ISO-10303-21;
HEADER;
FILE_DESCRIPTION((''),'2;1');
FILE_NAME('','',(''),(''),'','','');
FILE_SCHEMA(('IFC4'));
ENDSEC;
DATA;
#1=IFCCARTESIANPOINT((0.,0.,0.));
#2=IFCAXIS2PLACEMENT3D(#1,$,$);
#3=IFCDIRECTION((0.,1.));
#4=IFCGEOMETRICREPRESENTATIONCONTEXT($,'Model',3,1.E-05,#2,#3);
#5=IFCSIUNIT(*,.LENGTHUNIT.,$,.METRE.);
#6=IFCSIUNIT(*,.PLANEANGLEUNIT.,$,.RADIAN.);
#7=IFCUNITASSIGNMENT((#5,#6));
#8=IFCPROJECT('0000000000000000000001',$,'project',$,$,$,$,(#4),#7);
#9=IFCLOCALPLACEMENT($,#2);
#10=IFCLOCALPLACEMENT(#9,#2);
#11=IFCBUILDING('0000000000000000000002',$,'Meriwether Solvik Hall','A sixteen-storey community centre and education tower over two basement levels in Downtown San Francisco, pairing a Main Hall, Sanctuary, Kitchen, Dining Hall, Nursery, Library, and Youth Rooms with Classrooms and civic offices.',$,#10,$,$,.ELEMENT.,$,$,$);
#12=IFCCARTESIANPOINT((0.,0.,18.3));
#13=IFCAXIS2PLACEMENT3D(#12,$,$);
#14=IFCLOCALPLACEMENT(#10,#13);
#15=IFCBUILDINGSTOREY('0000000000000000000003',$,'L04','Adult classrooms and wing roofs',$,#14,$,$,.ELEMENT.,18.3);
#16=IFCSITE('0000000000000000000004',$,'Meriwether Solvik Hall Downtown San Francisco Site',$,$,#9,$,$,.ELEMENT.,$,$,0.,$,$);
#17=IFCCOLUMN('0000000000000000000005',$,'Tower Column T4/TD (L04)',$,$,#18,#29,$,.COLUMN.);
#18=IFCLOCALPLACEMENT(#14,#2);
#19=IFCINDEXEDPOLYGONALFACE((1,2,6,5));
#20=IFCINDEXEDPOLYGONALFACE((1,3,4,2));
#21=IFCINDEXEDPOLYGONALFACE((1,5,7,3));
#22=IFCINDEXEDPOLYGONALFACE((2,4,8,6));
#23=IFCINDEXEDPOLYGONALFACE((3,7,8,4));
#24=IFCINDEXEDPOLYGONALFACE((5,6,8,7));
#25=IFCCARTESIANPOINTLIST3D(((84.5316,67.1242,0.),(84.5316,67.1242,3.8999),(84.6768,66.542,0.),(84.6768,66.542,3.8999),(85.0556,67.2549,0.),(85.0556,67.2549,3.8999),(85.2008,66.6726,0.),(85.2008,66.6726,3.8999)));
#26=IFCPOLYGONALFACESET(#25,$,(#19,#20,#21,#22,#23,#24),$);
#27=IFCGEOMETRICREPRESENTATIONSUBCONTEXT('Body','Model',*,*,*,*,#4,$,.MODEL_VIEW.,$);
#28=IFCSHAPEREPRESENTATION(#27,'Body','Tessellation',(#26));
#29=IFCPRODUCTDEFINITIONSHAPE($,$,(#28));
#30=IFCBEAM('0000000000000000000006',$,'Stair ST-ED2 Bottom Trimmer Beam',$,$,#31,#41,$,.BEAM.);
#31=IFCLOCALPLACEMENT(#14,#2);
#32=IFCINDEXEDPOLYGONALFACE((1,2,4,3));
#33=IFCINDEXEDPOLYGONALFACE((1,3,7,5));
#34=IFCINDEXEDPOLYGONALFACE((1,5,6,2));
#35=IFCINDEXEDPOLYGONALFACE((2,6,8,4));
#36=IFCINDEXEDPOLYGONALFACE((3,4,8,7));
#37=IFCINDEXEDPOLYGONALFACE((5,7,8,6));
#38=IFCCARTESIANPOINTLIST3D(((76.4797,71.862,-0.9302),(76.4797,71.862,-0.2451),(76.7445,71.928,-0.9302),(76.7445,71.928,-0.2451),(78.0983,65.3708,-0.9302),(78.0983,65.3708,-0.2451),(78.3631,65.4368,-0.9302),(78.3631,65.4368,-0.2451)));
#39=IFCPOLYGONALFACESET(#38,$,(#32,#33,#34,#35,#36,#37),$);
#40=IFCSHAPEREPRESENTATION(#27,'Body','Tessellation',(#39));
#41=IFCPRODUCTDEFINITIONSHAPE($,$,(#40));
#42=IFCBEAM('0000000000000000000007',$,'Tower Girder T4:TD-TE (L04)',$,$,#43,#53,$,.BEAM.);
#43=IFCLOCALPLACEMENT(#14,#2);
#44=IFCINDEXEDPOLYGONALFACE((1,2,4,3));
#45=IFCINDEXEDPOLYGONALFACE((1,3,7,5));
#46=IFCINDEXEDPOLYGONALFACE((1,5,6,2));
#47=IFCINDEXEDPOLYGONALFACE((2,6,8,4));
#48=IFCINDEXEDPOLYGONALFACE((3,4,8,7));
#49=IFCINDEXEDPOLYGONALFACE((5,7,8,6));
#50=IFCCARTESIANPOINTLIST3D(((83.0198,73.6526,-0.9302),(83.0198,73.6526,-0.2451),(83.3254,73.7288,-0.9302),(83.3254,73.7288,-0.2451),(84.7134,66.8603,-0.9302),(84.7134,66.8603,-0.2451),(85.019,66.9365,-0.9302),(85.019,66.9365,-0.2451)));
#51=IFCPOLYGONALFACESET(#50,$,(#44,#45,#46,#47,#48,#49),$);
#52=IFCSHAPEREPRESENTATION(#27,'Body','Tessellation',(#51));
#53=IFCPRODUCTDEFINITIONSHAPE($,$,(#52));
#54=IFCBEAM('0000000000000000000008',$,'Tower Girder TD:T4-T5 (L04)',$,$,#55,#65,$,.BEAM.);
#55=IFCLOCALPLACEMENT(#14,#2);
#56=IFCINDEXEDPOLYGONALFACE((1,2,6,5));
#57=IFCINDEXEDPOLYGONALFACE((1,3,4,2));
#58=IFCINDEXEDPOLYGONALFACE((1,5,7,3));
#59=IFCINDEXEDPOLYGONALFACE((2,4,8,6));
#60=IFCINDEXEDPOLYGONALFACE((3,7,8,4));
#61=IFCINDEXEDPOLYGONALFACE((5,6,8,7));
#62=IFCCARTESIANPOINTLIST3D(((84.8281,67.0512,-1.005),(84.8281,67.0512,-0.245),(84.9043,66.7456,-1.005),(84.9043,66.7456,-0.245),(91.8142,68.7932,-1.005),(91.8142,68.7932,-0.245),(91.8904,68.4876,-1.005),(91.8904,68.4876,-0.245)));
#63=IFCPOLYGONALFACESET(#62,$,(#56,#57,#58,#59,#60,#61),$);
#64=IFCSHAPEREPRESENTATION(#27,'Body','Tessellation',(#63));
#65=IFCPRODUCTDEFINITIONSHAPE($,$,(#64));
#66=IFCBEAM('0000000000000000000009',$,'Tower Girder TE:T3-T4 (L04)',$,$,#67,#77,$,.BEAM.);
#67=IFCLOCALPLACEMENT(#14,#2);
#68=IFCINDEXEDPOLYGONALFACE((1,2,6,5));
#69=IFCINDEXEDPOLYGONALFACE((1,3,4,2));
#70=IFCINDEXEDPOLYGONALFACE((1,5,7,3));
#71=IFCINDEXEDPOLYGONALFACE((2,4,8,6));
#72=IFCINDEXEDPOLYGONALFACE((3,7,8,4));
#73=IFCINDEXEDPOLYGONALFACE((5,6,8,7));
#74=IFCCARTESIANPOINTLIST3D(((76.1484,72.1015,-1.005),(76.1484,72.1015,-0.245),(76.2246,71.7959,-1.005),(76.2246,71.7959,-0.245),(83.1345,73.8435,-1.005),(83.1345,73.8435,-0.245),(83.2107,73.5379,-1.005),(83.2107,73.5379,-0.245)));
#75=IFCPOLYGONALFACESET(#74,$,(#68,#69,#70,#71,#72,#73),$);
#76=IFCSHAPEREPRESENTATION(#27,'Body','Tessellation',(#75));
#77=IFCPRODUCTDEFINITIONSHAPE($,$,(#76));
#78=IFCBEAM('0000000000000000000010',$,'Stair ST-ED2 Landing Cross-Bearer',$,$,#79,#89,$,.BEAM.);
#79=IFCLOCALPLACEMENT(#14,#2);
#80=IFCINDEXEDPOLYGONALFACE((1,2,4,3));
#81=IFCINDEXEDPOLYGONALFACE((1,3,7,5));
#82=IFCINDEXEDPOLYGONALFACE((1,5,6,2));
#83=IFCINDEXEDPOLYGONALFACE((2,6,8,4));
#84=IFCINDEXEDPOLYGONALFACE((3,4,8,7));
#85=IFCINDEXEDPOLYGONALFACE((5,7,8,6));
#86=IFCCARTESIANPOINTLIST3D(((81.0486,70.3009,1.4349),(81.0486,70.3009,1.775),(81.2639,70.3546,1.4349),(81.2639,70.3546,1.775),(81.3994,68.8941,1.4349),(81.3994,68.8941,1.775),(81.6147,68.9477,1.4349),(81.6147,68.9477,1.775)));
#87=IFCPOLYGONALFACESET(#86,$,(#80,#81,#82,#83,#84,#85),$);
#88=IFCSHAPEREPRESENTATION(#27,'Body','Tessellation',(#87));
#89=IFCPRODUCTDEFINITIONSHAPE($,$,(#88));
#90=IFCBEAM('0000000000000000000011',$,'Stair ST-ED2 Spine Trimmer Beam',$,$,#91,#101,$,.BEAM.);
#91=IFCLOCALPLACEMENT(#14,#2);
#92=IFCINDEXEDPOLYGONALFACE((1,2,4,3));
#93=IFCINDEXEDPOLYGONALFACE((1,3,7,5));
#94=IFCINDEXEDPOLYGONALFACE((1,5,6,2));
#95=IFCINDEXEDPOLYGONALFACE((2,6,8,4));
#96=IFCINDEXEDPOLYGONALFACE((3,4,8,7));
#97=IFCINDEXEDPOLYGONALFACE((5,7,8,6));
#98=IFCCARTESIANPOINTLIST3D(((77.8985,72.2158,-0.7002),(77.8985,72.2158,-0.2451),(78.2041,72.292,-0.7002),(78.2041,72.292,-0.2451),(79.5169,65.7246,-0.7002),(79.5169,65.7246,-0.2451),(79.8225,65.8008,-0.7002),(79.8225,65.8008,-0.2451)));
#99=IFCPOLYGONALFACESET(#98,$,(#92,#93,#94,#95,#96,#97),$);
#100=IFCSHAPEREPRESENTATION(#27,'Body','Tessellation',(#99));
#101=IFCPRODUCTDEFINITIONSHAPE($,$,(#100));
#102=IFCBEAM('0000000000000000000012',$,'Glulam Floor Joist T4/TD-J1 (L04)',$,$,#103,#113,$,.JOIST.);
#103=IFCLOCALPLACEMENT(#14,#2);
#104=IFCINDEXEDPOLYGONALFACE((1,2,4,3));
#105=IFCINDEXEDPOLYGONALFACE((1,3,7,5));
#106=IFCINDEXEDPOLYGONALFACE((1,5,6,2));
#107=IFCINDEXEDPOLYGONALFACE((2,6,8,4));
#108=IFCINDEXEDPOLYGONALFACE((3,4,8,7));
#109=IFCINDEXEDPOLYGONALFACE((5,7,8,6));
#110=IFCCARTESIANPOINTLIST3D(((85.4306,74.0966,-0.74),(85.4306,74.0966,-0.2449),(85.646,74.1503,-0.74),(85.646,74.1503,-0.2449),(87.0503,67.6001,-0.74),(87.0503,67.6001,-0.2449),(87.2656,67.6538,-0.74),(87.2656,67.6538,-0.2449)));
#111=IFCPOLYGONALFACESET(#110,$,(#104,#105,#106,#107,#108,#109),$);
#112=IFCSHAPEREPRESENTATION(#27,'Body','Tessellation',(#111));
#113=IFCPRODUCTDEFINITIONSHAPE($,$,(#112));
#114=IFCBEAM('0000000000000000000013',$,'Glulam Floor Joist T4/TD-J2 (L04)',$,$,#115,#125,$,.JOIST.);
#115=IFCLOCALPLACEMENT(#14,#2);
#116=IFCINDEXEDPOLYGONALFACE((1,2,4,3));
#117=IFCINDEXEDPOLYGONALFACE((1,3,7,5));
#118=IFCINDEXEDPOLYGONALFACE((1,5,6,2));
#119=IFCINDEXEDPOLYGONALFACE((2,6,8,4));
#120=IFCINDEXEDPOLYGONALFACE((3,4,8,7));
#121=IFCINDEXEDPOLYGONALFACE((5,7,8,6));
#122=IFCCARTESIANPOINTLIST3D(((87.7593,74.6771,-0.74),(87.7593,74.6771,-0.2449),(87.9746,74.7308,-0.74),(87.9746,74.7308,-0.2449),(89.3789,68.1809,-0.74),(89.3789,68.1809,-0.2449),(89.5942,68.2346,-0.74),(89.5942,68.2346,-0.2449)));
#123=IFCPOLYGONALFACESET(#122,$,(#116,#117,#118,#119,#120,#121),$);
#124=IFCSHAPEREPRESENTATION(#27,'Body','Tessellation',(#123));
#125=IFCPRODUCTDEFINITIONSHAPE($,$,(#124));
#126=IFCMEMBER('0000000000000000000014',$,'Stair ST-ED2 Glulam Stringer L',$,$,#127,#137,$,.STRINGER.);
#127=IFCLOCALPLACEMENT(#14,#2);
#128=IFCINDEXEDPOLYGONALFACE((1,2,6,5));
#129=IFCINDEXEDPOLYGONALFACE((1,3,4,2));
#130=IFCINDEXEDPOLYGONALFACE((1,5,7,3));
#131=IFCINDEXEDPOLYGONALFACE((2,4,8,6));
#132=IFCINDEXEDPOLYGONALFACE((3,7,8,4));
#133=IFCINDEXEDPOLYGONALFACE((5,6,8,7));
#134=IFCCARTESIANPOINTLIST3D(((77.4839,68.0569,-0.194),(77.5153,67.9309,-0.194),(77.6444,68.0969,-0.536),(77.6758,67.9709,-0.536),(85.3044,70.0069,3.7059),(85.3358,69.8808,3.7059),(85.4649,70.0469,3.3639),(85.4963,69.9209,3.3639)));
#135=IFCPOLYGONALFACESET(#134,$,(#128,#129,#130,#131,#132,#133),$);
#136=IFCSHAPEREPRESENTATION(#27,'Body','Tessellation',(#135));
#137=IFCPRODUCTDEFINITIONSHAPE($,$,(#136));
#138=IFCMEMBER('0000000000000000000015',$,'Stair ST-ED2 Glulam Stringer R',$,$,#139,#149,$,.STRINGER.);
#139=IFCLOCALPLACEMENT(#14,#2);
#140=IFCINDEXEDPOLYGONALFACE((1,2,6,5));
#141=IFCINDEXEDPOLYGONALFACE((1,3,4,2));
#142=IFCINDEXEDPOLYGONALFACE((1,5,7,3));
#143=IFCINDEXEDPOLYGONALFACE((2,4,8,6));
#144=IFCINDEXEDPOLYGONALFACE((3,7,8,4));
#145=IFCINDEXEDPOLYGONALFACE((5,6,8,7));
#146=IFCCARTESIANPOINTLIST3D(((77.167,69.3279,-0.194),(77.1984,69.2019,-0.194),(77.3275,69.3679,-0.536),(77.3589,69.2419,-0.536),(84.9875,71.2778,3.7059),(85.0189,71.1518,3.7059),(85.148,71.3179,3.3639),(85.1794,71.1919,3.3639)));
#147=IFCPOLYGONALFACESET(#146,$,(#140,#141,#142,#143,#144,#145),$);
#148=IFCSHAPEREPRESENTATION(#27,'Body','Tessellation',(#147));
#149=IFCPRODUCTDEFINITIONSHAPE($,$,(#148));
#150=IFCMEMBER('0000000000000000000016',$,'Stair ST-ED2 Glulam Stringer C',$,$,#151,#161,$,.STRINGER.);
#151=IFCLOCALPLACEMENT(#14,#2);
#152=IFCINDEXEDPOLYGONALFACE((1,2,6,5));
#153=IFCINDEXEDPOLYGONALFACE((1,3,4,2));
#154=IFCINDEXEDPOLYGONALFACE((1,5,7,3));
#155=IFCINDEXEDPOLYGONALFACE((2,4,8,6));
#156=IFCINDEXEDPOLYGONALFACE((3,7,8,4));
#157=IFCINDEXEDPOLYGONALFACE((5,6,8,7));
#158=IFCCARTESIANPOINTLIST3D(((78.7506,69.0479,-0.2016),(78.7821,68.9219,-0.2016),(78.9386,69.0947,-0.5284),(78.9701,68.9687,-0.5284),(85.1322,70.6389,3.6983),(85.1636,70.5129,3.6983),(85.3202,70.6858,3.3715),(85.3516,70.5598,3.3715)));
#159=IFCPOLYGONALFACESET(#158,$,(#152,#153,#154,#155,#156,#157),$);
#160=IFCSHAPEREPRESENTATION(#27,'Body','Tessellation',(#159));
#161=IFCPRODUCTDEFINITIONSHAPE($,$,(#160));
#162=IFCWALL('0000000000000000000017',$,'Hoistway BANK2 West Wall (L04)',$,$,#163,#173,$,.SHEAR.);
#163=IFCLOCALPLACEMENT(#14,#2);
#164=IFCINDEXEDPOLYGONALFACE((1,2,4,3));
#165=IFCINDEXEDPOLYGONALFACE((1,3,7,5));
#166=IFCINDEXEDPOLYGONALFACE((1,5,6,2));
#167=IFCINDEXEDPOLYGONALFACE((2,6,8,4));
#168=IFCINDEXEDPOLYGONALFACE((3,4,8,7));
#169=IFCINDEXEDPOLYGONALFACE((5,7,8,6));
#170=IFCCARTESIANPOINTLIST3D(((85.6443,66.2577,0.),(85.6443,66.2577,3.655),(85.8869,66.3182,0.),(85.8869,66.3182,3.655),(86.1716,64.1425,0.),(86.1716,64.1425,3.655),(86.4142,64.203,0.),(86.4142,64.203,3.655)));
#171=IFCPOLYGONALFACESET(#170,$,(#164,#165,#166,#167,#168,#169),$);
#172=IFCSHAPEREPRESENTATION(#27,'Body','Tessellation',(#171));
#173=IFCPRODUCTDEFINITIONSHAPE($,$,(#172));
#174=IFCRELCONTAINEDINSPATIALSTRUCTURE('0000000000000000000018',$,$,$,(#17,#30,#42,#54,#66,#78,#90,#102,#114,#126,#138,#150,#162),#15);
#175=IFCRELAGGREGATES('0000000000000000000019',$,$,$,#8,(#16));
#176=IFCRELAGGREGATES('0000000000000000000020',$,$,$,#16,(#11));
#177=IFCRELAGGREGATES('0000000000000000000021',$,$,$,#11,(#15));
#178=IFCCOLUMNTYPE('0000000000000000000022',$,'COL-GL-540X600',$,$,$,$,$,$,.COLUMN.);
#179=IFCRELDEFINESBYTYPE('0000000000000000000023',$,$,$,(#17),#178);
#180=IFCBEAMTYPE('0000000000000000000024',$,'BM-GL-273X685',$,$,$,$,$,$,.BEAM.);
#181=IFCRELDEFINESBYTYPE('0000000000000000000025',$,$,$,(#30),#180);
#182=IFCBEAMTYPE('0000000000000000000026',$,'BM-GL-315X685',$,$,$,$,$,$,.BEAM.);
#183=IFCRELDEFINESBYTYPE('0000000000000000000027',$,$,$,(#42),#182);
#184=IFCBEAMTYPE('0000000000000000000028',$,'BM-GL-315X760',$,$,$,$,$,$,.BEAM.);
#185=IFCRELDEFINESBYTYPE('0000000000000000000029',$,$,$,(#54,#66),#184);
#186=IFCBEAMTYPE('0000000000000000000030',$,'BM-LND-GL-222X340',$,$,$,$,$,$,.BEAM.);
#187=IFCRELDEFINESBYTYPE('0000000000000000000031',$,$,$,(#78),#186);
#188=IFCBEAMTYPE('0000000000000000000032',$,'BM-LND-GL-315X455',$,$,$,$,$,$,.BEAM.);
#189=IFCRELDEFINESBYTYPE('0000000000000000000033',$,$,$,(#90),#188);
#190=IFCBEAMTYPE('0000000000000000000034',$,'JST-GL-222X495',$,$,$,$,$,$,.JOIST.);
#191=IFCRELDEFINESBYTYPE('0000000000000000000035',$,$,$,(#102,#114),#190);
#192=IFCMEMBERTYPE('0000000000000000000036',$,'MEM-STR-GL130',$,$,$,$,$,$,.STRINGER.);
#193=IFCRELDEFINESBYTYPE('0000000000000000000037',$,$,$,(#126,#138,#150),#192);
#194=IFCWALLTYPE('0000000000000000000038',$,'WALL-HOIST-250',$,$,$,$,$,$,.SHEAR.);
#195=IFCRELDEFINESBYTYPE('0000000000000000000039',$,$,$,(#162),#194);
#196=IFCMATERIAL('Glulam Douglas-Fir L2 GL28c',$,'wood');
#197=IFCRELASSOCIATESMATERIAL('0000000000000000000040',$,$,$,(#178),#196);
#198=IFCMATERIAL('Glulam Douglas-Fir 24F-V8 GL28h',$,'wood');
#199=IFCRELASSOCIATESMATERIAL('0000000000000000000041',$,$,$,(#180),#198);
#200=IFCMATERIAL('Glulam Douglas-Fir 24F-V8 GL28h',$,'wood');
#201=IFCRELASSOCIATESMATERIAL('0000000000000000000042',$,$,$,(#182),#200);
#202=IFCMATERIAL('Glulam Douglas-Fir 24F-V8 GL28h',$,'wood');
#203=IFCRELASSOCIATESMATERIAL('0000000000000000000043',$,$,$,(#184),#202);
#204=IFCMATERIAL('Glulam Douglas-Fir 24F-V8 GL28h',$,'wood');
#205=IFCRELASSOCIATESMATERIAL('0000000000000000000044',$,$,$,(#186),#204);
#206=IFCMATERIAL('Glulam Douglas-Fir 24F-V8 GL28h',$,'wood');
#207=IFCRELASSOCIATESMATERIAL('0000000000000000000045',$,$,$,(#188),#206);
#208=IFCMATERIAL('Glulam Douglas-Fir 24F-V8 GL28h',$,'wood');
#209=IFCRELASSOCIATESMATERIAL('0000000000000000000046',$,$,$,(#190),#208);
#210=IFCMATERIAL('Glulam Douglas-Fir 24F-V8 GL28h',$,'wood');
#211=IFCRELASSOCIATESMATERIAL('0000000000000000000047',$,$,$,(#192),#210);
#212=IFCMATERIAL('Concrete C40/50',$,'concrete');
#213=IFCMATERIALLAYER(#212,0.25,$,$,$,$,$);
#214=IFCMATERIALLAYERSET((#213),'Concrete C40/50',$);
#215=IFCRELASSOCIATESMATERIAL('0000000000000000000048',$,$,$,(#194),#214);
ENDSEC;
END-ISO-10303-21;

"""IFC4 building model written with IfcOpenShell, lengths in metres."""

from ifc_helpers import new_model, si_unit, direction, frame, frame_2d, origin, origin_2d, place, context, subcontext, project, spatial, rectangle, extrude, material, layer, layer_set, material_profile, profile_set, type_object, element, save


model = new_model("IFC4")

# Units and contexts
model_context = context("Model", 3, precision=1e-05, world=origin(), true_north=direction((0.0, 1.0)))
body_context = subcontext(model_context, "Body", "Model", "MODEL_VIEW")
ifc_project = project(units=[si_unit("LENGTHUNIT", "METRE"), si_unit("PLANEANGLEUNIT", "RADIAN")], contexts=[model_context])

# Site, building, storey
site_placement = place(None, origin())
site = spatial("IfcSite", under=ifc_project, at=site_placement, Name="Meriwether Solvik Hall Downtown San Francisco Site", CompositionType="ELEMENT", RefElevation=0.0)
building_placement = place(site_placement, origin())
building = spatial("IfcBuilding", under=site, at=building_placement, Name="Meriwether Solvik Hall", Description="A sixteen-storey community centre and education tower over two basement levels in Downtown San Francisco, pairing a Main Hall, Sanctuary, Kitchen, Dining Hall, Nursery, Library, and Youth Rooms with Classrooms and civic offices.", CompositionType="ELEMENT")
storey_placement = place(building_placement, frame((0.0, 0.0, 18.3)))
storey = spatial("IfcBuildingStorey", under=building, at=storey_placement, Name="L04", Description="Adult classrooms and wing roofs", CompositionType="ELEMENT", Elevation=18.3)

# Column
ifc_material_1 = material(Name="Glulam Douglas-Fir L2 GL28c", Category="wood")
ifc_material_profile_1 = material_profile(ifc_material_1, rectangle(XDim=0.54, YDim=0.6001, at=origin_2d()), Name="GLC-540X600")
ifc_profile_set_1 = profile_set([ifc_material_profile_1], Name="Glulam Douglas-Fir L2 GL28c")
column_type = type_object("IfcColumnType", Name="COL-GL-540X600", PredefinedType="COLUMN", material=ifc_profile_set_1)
column_placement = place(storey_placement, frame((84.8662, 66.8984, 0.0), z_axis=(0.0, 0.0, 1.0), x_axis=(0.970296, 0.241922, 0.0)))
element("IfcColumn", 1, at=column_placement, inside=storey, type_object=column_type, Name="Tower Column T4/TD (L04)", PredefinedType="COLUMN", context=body_context, shape_type="SweptSolid", body=[
    extrude(rectangle(XDim=0.54, YDim=0.6001, at=origin_2d()), origin(), (0.0, 0.0, 1.0), 3.8999),
])

# Beams
ifc_material_2 = material(Name="Glulam Douglas-Fir 24F-V8 GL28h", Category="wood")
ifc_material_profile_2 = material_profile(ifc_material_2, rectangle(XDim=0.2729, YDim=0.6851, at=origin_2d()), Name="GLB-273X685")
ifc_profile_set_2 = profile_set([ifc_material_profile_2], Name="Glulam Douglas-Fir 24F-V8 GL28h")
beam_type_1 = type_object("IfcBeamType", Name="BM-GL-273X685", PredefinedType="BEAM", material=ifc_profile_set_2)
beam_1_placement = place(storey_placement, frame((78.2307, 65.4038, -0.5876), z_axis=(-0.241952, 0.970288, 0.0), x_axis=(-0.970288, -0.241952, 0.0)))
element("IfcBeam", 2, at=beam_1_placement, inside=storey, type_object=beam_type_1, Name="Stair ST-ED2 Bottom Trimmer Beam", PredefinedType="BEAM", context=body_context, shape_type="SweptSolid", body=[
    extrude(rectangle(XDim=0.2729, YDim=0.6851, at=origin_2d()), origin(), (0.0, 0.0, 1.0), 6.6899),
])
ifc_material_3 = material(Name="Glulam Douglas-Fir 24F-V8 GL28h", Category="wood")
ifc_material_profile_3 = material_profile(ifc_material_3, rectangle(XDim=0.3149, YDim=0.6851, at=origin_2d()), Name="GLB-315X685")
ifc_profile_set_3 = profile_set([ifc_material_profile_3], Name="Glulam Douglas-Fir 24F-V8 GL28h")
beam_type_2 = type_object("IfcBeamType", Name="BM-GL-315X685", PredefinedType="BEAM", material=ifc_profile_set_3)
beam_2_placement = place(storey_placement, frame((84.8662, 66.8984, -0.5876), z_axis=(-0.241937, 0.970292, 0.0), x_axis=(-0.970292, -0.241937, 0.0)))
element("IfcBeam", 3, at=beam_2_placement, inside=storey, type_object=beam_type_2, Name="Tower Girder T4:TD-TE (L04)", PredefinedType="BEAM", context=body_context, shape_type="SweptSolid", body=[
    extrude(rectangle(XDim=0.3149, YDim=0.6851, at=origin_2d()), origin(), (0.0, 0.0, 1.0), 7.0002),
])
ifc_material_4 = material(Name="Glulam Douglas-Fir 24F-V8 GL28h", Category="wood")
ifc_material_profile_4 = material_profile(ifc_material_4, rectangle(XDim=0.3149, YDim=0.76, at=origin_2d()), Name="GLB-315X760")
ifc_profile_set_4 = profile_set([ifc_material_profile_4], Name="Glulam Douglas-Fir 24F-V8 GL28h")
beam_type_3 = type_object("IfcBeamType", Name="BM-GL-315X760", PredefinedType="BEAM", material=ifc_profile_set_4)
for number, where, z_axis, x_axis, name in (
    (4, (84.8662, 66.8984, -0.625), (0.970292, 0.241937, 0.0), (-0.241937, 0.970292, 0.0), "Tower Girder TD:T4-T5 (L04)"),
    (5, (76.1865, 71.9487, -0.625), (0.970292, 0.241937, 0.0), (-0.241937, 0.970292, 0.0), "Tower Girder TE:T3-T4 (L04)"),
):
    element("IfcBeam", number, at=place(storey_placement, frame(where, z_axis=z_axis, x_axis=x_axis)), inside=storey, type_object=beam_type_3, Name=name, PredefinedType="BEAM", context=body_context, shape_type="SweptSolid", body=[
        extrude(rectangle(XDim=0.3149, YDim=0.76, at=origin_2d()), origin(), (0.0, 0.0, 1.0), 7.2),
    ])
ifc_material_5 = material(Name="Glulam Douglas-Fir 24F-V8 GL28h", Category="wood")
ifc_material_profile_5 = material_profile(ifc_material_5, rectangle(XDim=0.2219, YDim=0.3401, at=origin_2d()), Name="GLB-222X340")
ifc_profile_set_5 = profile_set([ifc_material_profile_5], Name="Glulam Douglas-Fir 24F-V8 GL28h")
beam_type_4 = type_object("IfcBeamType", Name="BM-LND-GL-222X340", PredefinedType="BEAM", material=ifc_profile_set_5)
beam_3_placement = place(storey_placement, frame((81.5071, 68.9209, 1.605), z_axis=(-0.241941, 0.970291, 0.0), x_axis=(-0.970291, -0.241941, 0.0)))
element("IfcBeam", 6, at=beam_3_placement, inside=storey, type_object=beam_type_4, Name="Stair ST-ED2 Landing Cross-Bearer", PredefinedType="BEAM", context=body_context, shape_type="SweptSolid", body=[
    extrude(rectangle(XDim=0.2219, YDim=0.3401, at=origin_2d()), origin(), (0.0, 0.0, 1.0), 1.45),
])
ifc_material_6 = material(Name="Glulam Douglas-Fir 24F-V8 GL28h", Category="wood")
ifc_material_profile_6 = material_profile(ifc_material_6, rectangle(XDim=0.3149, YDim=0.4551, at=origin_2d()), Name="GLB-315X455")
ifc_profile_set_6 = profile_set([ifc_material_profile_6], Name="Glulam Douglas-Fir 24F-V8 GL28h")
beam_type_5 = type_object("IfcBeamType", Name="BM-LND-GL-315X455", PredefinedType="BEAM", material=ifc_profile_set_6)
beam_4_placement = place(storey_placement, frame((79.6697, 65.7627, -0.4727), z_axis=(-0.241917, 0.970297, 0.0), x_axis=(-0.970297, -0.241917, 0.0)))
element("IfcBeam", 7, at=beam_4_placement, inside=storey, type_object=beam_type_5, Name="Stair ST-ED2 Spine Trimmer Beam", PredefinedType="BEAM", context=body_context, shape_type="SweptSolid", body=[
    extrude(rectangle(XDim=0.3149, YDim=0.4551, at=origin_2d()), origin(), (0.0, 0.0, 1.0), 6.6899),
])
ifc_material_7 = material(Name="Glulam Douglas-Fir 24F-V8 GL28h", Category="wood")
ifc_material_profile_7 = material_profile(ifc_material_7, rectangle(XDim=0.2219, YDim=0.4951, at=origin_2d()), Name="GLJ-222X495")
ifc_profile_set_7 = profile_set([ifc_material_profile_7], Name="Glulam Douglas-Fir 24F-V8 GL28h")
beam_type_6 = type_object("IfcBeamType", Name="JST-GL-222X495", PredefinedType="JOIST", material=ifc_profile_set_7)
beam_5_placement = place(storey_placement, frame((87.158, 67.627, -0.4924), z_axis=(-0.241909, 0.970299, 0.0), x_axis=(-0.970299, -0.241909, 0.0)))
element("IfcBeam", 8, at=beam_5_placement, inside=storey, type_object=beam_type_6, Name="Glulam Floor Joist T4/TD-J1 (L04)", PredefinedType="JOIST", context=body_context, shape_type="SweptSolid", body=[
    extrude(rectangle(XDim=0.2219, YDim=0.4951, at=origin_2d()), origin(), (0.0, 0.0, 1.0), 6.6953),
])
beam_6_placement = place(storey_placement, frame((89.4866, 68.2078, -0.4924), z_axis=(-0.241918, 0.970297, 0.0), x_axis=(-0.970297, -0.241918, 0.0)))
element("IfcBeam", 9, at=beam_6_placement, inside=storey, type_object=beam_type_6, Name="Glulam Floor Joist T4/TD-J2 (L04)", PredefinedType="JOIST", context=body_context, shape_type="SweptSolid", body=[
    extrude(rectangle(XDim=0.2219, YDim=0.4951, at=origin_2d()), origin(), (0.0, 0.0, 1.0), 6.6951),
])

# Members
ifc_material_8 = material(Name="Glulam Douglas-Fir 24F-V8 GL28h", Category="wood")
ifc_material_profile_8 = material_profile(ifc_material_8, rectangle(XDim=0.1299, YDim=0.3799, at=origin_2d()), Name="GLM-130X380")
ifc_profile_set_8 = profile_set([ifc_material_profile_8], Name="Glulam Douglas-Fir 24F-V8 GL28h")
member_type = type_object("IfcMemberType", Name="MEM-STR-GL130", PredefinedType="STRINGER", material=ifc_profile_set_8)
for number, where, z_axis, x_axis, name in (
    (10, (77.5798, 68.0139, -0.365), (0.873423, 0.217776, 0.435553), (-0.24193, 0.970294, 0.0), "Stair ST-ED2 Glulam Stringer L"),
    (11, (77.2629, 69.2849, -0.365), (0.873423, 0.217776, 0.435553), (-0.24193, 0.970294, 0.0), "Stair ST-ED2 Glulam Stringer R"),
):
    element("IfcMember", number, at=place(storey_placement, frame(where, z_axis=z_axis, x_axis=x_axis)), inside=storey, type_object=member_type, Name=name, PredefinedType="STRINGER", context=body_context, shape_type="SweptSolid", body=[
        extrude(rectangle(XDim=0.1299, YDim=0.3799, at=origin_2d()), origin(), (0.0, 0.0, 1.0), 8.9539),
    ])
member_placement = place(storey_placement, frame((78.8604, 69.0083, -0.365), z_axis=(0.834602, 0.208084, 0.51004), x_axis=(-0.241915, 0.970297, 0.0)))
element("IfcMember", 12, at=member_placement, inside=storey, type_object=member_type, Name="Stair ST-ED2 Glulam Stringer C", PredefinedType="STRINGER", context=body_context, shape_type="SweptSolid", body=[
    extrude(rectangle(XDim=0.1299, YDim=0.3799, at=origin_2d()), origin(), (0.0, 0.0, 1.0), 7.6462),
])

# Wall
ifc_material_9 = material(Name="Concrete C40/50", Category="concrete")
ifc_layer_1 = layer(ifc_material_9, 0.25)
ifc_layer_set_1 = layer_set([ifc_layer_1], Name="Concrete C40/50")
wall_type_1 = type_object("IfcWallType", Name="WALL-HOIST-250", PredefinedType="SHEAR", material=ifc_layer_set_1)
wall_1_placement = place(storey_placement, frame((85.7656, 66.2878, 0.0), z_axis=(0.0, 0.0, 1.0), x_axis=(0.241903, -0.9703, 0.0)))
element("IfcWall", 13, at=wall_1_placement, inside=storey, type_object=wall_type_1, Name="Hoistway BANK2 West Wall (L04)", PredefinedType="SHEAR", context=body_context, shape_type="SweptSolid", body=[
    extrude(rectangle(XDim=2.1799, YDim=0.25, at=frame_2d((1.0898, 0.0))), origin(), (0.0, 0.0, 1.0), 3.655),
])

save(model, "model.ifc")
